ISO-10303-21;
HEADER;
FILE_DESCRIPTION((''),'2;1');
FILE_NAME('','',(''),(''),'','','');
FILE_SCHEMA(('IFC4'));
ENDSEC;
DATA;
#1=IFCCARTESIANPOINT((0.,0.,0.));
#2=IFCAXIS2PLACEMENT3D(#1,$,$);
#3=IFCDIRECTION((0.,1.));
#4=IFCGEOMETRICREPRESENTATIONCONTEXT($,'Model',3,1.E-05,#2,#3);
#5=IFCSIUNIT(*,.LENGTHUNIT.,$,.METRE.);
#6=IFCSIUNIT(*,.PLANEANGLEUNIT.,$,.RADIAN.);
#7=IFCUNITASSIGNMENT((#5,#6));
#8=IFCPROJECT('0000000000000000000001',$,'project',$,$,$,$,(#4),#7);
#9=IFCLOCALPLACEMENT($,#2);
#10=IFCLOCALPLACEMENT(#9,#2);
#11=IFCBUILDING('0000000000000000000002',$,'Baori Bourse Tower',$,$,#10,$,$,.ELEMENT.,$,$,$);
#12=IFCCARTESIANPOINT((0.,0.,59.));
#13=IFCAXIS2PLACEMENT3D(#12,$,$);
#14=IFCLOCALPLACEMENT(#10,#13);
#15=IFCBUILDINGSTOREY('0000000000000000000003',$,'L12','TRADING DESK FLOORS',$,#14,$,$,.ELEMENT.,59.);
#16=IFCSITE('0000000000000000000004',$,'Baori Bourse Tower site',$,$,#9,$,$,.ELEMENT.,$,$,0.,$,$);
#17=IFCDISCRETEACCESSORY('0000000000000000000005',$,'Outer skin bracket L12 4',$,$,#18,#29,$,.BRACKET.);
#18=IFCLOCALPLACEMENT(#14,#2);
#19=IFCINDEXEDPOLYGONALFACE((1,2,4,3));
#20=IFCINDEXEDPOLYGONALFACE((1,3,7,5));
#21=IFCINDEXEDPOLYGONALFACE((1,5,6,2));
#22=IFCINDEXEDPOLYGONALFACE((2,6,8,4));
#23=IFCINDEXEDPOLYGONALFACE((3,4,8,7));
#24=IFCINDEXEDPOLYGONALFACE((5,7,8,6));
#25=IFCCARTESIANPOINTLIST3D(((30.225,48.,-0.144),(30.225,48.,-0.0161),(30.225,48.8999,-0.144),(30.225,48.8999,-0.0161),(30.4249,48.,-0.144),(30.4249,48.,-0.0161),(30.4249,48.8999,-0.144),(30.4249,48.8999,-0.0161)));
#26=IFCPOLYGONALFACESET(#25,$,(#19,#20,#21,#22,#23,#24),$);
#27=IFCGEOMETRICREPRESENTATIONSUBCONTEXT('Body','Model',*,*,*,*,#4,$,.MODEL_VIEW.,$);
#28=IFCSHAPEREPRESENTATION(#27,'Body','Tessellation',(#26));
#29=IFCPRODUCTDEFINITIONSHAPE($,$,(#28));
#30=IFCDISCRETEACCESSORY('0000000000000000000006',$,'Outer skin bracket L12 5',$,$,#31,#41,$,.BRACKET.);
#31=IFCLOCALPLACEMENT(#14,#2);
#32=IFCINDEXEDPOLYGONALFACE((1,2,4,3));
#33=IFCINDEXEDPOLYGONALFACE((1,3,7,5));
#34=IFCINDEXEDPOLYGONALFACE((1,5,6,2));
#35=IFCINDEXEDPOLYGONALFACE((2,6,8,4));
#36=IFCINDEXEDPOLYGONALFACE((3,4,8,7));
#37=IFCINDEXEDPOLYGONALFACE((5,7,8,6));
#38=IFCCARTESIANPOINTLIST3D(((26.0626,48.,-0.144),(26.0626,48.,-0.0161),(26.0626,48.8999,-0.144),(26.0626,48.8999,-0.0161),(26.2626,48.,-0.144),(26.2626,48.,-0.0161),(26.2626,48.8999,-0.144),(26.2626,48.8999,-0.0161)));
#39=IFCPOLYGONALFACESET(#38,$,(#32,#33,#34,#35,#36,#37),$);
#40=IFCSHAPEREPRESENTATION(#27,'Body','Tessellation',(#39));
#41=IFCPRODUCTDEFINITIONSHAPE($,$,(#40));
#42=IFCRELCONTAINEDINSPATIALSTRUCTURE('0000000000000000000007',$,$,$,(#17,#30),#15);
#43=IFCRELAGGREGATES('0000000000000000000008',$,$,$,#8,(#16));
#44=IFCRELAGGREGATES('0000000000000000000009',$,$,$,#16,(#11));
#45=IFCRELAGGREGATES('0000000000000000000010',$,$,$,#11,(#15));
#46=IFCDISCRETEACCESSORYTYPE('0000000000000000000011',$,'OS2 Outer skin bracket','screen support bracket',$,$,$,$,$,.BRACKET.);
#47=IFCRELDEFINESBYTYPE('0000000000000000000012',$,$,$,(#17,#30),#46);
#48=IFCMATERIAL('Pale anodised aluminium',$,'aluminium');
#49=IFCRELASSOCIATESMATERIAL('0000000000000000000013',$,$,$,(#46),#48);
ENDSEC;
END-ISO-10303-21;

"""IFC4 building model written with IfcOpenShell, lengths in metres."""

from ifc_helpers import new_model, si_unit, direction, frame, origin, origin_2d, place, context, subcontext, project, spatial, rectangle, extrude, material, type_object, element, save


model = new_model("IFC4")

# Units and contexts
model_context = context("Model", 3, precision=1e-05, world=origin(), true_north=direction((0.0, 1.0)))
body_context = subcontext(model_context, "Body", "Model", "MODEL_VIEW")
ifc_project = project(units=[si_unit("LENGTHUNIT", "METRE"), si_unit("PLANEANGLEUNIT", "RADIAN")], contexts=[model_context])

# Site, building, storey
site_placement = place(None, origin())
site = spatial("IfcSite", under=ifc_project, at=site_placement, Name="Baori Bourse Tower site", CompositionType="ELEMENT", RefElevation=0.0)
building_placement = place(site_placement, origin())
building = spatial("IfcBuilding", under=site, at=building_placement, Name="Baori Bourse Tower", CompositionType="ELEMENT")
storey_placement = place(building_placement, frame((0.0, 0.0, 59.0)))
storey = spatial("IfcBuildingStorey", under=building, at=storey_placement, Name="L12", Description="TRADING DESK FLOORS", CompositionType="ELEMENT", Elevation=59.0)

# Discrete accessories
ifc_material_1 = material(Name="Pale anodised aluminium", Category="aluminium")
discrete_accessory_type = type_object("IfcDiscreteAccessoryType", Name="OS2 Outer skin bracket", Description="screen support bracket", PredefinedType="BRACKET", material=ifc_material_1)
for number, where, z_axis, x_axis, name in (
    (1, (30.325, 48.45, -0.144), (0.0, 0.0, 1.0), (-1.0, 0.0, 0.0), "Outer skin bracket L12 4"),
    (2, (26.1626, 48.45, -0.144), (0.0, 0.0, 1.0), (-1.0, 0.0, 0.0), "Outer skin bracket L12 5"),
):
    element("IfcDiscreteAccessory", number, at=place(storey_placement, frame(where, z_axis=z_axis, x_axis=x_axis)), inside=storey, type_object=discrete_accessory_type, Name=name, PredefinedType="BRACKET", context=body_context, shape_type="SweptSolid", body=[
        extrude(rectangle(XDim=0.2, YDim=0.8999, at=origin_2d()), origin(), (0.0, 0.0, 1.0), 0.1279),
    ])

save(model, "model.ifc")
